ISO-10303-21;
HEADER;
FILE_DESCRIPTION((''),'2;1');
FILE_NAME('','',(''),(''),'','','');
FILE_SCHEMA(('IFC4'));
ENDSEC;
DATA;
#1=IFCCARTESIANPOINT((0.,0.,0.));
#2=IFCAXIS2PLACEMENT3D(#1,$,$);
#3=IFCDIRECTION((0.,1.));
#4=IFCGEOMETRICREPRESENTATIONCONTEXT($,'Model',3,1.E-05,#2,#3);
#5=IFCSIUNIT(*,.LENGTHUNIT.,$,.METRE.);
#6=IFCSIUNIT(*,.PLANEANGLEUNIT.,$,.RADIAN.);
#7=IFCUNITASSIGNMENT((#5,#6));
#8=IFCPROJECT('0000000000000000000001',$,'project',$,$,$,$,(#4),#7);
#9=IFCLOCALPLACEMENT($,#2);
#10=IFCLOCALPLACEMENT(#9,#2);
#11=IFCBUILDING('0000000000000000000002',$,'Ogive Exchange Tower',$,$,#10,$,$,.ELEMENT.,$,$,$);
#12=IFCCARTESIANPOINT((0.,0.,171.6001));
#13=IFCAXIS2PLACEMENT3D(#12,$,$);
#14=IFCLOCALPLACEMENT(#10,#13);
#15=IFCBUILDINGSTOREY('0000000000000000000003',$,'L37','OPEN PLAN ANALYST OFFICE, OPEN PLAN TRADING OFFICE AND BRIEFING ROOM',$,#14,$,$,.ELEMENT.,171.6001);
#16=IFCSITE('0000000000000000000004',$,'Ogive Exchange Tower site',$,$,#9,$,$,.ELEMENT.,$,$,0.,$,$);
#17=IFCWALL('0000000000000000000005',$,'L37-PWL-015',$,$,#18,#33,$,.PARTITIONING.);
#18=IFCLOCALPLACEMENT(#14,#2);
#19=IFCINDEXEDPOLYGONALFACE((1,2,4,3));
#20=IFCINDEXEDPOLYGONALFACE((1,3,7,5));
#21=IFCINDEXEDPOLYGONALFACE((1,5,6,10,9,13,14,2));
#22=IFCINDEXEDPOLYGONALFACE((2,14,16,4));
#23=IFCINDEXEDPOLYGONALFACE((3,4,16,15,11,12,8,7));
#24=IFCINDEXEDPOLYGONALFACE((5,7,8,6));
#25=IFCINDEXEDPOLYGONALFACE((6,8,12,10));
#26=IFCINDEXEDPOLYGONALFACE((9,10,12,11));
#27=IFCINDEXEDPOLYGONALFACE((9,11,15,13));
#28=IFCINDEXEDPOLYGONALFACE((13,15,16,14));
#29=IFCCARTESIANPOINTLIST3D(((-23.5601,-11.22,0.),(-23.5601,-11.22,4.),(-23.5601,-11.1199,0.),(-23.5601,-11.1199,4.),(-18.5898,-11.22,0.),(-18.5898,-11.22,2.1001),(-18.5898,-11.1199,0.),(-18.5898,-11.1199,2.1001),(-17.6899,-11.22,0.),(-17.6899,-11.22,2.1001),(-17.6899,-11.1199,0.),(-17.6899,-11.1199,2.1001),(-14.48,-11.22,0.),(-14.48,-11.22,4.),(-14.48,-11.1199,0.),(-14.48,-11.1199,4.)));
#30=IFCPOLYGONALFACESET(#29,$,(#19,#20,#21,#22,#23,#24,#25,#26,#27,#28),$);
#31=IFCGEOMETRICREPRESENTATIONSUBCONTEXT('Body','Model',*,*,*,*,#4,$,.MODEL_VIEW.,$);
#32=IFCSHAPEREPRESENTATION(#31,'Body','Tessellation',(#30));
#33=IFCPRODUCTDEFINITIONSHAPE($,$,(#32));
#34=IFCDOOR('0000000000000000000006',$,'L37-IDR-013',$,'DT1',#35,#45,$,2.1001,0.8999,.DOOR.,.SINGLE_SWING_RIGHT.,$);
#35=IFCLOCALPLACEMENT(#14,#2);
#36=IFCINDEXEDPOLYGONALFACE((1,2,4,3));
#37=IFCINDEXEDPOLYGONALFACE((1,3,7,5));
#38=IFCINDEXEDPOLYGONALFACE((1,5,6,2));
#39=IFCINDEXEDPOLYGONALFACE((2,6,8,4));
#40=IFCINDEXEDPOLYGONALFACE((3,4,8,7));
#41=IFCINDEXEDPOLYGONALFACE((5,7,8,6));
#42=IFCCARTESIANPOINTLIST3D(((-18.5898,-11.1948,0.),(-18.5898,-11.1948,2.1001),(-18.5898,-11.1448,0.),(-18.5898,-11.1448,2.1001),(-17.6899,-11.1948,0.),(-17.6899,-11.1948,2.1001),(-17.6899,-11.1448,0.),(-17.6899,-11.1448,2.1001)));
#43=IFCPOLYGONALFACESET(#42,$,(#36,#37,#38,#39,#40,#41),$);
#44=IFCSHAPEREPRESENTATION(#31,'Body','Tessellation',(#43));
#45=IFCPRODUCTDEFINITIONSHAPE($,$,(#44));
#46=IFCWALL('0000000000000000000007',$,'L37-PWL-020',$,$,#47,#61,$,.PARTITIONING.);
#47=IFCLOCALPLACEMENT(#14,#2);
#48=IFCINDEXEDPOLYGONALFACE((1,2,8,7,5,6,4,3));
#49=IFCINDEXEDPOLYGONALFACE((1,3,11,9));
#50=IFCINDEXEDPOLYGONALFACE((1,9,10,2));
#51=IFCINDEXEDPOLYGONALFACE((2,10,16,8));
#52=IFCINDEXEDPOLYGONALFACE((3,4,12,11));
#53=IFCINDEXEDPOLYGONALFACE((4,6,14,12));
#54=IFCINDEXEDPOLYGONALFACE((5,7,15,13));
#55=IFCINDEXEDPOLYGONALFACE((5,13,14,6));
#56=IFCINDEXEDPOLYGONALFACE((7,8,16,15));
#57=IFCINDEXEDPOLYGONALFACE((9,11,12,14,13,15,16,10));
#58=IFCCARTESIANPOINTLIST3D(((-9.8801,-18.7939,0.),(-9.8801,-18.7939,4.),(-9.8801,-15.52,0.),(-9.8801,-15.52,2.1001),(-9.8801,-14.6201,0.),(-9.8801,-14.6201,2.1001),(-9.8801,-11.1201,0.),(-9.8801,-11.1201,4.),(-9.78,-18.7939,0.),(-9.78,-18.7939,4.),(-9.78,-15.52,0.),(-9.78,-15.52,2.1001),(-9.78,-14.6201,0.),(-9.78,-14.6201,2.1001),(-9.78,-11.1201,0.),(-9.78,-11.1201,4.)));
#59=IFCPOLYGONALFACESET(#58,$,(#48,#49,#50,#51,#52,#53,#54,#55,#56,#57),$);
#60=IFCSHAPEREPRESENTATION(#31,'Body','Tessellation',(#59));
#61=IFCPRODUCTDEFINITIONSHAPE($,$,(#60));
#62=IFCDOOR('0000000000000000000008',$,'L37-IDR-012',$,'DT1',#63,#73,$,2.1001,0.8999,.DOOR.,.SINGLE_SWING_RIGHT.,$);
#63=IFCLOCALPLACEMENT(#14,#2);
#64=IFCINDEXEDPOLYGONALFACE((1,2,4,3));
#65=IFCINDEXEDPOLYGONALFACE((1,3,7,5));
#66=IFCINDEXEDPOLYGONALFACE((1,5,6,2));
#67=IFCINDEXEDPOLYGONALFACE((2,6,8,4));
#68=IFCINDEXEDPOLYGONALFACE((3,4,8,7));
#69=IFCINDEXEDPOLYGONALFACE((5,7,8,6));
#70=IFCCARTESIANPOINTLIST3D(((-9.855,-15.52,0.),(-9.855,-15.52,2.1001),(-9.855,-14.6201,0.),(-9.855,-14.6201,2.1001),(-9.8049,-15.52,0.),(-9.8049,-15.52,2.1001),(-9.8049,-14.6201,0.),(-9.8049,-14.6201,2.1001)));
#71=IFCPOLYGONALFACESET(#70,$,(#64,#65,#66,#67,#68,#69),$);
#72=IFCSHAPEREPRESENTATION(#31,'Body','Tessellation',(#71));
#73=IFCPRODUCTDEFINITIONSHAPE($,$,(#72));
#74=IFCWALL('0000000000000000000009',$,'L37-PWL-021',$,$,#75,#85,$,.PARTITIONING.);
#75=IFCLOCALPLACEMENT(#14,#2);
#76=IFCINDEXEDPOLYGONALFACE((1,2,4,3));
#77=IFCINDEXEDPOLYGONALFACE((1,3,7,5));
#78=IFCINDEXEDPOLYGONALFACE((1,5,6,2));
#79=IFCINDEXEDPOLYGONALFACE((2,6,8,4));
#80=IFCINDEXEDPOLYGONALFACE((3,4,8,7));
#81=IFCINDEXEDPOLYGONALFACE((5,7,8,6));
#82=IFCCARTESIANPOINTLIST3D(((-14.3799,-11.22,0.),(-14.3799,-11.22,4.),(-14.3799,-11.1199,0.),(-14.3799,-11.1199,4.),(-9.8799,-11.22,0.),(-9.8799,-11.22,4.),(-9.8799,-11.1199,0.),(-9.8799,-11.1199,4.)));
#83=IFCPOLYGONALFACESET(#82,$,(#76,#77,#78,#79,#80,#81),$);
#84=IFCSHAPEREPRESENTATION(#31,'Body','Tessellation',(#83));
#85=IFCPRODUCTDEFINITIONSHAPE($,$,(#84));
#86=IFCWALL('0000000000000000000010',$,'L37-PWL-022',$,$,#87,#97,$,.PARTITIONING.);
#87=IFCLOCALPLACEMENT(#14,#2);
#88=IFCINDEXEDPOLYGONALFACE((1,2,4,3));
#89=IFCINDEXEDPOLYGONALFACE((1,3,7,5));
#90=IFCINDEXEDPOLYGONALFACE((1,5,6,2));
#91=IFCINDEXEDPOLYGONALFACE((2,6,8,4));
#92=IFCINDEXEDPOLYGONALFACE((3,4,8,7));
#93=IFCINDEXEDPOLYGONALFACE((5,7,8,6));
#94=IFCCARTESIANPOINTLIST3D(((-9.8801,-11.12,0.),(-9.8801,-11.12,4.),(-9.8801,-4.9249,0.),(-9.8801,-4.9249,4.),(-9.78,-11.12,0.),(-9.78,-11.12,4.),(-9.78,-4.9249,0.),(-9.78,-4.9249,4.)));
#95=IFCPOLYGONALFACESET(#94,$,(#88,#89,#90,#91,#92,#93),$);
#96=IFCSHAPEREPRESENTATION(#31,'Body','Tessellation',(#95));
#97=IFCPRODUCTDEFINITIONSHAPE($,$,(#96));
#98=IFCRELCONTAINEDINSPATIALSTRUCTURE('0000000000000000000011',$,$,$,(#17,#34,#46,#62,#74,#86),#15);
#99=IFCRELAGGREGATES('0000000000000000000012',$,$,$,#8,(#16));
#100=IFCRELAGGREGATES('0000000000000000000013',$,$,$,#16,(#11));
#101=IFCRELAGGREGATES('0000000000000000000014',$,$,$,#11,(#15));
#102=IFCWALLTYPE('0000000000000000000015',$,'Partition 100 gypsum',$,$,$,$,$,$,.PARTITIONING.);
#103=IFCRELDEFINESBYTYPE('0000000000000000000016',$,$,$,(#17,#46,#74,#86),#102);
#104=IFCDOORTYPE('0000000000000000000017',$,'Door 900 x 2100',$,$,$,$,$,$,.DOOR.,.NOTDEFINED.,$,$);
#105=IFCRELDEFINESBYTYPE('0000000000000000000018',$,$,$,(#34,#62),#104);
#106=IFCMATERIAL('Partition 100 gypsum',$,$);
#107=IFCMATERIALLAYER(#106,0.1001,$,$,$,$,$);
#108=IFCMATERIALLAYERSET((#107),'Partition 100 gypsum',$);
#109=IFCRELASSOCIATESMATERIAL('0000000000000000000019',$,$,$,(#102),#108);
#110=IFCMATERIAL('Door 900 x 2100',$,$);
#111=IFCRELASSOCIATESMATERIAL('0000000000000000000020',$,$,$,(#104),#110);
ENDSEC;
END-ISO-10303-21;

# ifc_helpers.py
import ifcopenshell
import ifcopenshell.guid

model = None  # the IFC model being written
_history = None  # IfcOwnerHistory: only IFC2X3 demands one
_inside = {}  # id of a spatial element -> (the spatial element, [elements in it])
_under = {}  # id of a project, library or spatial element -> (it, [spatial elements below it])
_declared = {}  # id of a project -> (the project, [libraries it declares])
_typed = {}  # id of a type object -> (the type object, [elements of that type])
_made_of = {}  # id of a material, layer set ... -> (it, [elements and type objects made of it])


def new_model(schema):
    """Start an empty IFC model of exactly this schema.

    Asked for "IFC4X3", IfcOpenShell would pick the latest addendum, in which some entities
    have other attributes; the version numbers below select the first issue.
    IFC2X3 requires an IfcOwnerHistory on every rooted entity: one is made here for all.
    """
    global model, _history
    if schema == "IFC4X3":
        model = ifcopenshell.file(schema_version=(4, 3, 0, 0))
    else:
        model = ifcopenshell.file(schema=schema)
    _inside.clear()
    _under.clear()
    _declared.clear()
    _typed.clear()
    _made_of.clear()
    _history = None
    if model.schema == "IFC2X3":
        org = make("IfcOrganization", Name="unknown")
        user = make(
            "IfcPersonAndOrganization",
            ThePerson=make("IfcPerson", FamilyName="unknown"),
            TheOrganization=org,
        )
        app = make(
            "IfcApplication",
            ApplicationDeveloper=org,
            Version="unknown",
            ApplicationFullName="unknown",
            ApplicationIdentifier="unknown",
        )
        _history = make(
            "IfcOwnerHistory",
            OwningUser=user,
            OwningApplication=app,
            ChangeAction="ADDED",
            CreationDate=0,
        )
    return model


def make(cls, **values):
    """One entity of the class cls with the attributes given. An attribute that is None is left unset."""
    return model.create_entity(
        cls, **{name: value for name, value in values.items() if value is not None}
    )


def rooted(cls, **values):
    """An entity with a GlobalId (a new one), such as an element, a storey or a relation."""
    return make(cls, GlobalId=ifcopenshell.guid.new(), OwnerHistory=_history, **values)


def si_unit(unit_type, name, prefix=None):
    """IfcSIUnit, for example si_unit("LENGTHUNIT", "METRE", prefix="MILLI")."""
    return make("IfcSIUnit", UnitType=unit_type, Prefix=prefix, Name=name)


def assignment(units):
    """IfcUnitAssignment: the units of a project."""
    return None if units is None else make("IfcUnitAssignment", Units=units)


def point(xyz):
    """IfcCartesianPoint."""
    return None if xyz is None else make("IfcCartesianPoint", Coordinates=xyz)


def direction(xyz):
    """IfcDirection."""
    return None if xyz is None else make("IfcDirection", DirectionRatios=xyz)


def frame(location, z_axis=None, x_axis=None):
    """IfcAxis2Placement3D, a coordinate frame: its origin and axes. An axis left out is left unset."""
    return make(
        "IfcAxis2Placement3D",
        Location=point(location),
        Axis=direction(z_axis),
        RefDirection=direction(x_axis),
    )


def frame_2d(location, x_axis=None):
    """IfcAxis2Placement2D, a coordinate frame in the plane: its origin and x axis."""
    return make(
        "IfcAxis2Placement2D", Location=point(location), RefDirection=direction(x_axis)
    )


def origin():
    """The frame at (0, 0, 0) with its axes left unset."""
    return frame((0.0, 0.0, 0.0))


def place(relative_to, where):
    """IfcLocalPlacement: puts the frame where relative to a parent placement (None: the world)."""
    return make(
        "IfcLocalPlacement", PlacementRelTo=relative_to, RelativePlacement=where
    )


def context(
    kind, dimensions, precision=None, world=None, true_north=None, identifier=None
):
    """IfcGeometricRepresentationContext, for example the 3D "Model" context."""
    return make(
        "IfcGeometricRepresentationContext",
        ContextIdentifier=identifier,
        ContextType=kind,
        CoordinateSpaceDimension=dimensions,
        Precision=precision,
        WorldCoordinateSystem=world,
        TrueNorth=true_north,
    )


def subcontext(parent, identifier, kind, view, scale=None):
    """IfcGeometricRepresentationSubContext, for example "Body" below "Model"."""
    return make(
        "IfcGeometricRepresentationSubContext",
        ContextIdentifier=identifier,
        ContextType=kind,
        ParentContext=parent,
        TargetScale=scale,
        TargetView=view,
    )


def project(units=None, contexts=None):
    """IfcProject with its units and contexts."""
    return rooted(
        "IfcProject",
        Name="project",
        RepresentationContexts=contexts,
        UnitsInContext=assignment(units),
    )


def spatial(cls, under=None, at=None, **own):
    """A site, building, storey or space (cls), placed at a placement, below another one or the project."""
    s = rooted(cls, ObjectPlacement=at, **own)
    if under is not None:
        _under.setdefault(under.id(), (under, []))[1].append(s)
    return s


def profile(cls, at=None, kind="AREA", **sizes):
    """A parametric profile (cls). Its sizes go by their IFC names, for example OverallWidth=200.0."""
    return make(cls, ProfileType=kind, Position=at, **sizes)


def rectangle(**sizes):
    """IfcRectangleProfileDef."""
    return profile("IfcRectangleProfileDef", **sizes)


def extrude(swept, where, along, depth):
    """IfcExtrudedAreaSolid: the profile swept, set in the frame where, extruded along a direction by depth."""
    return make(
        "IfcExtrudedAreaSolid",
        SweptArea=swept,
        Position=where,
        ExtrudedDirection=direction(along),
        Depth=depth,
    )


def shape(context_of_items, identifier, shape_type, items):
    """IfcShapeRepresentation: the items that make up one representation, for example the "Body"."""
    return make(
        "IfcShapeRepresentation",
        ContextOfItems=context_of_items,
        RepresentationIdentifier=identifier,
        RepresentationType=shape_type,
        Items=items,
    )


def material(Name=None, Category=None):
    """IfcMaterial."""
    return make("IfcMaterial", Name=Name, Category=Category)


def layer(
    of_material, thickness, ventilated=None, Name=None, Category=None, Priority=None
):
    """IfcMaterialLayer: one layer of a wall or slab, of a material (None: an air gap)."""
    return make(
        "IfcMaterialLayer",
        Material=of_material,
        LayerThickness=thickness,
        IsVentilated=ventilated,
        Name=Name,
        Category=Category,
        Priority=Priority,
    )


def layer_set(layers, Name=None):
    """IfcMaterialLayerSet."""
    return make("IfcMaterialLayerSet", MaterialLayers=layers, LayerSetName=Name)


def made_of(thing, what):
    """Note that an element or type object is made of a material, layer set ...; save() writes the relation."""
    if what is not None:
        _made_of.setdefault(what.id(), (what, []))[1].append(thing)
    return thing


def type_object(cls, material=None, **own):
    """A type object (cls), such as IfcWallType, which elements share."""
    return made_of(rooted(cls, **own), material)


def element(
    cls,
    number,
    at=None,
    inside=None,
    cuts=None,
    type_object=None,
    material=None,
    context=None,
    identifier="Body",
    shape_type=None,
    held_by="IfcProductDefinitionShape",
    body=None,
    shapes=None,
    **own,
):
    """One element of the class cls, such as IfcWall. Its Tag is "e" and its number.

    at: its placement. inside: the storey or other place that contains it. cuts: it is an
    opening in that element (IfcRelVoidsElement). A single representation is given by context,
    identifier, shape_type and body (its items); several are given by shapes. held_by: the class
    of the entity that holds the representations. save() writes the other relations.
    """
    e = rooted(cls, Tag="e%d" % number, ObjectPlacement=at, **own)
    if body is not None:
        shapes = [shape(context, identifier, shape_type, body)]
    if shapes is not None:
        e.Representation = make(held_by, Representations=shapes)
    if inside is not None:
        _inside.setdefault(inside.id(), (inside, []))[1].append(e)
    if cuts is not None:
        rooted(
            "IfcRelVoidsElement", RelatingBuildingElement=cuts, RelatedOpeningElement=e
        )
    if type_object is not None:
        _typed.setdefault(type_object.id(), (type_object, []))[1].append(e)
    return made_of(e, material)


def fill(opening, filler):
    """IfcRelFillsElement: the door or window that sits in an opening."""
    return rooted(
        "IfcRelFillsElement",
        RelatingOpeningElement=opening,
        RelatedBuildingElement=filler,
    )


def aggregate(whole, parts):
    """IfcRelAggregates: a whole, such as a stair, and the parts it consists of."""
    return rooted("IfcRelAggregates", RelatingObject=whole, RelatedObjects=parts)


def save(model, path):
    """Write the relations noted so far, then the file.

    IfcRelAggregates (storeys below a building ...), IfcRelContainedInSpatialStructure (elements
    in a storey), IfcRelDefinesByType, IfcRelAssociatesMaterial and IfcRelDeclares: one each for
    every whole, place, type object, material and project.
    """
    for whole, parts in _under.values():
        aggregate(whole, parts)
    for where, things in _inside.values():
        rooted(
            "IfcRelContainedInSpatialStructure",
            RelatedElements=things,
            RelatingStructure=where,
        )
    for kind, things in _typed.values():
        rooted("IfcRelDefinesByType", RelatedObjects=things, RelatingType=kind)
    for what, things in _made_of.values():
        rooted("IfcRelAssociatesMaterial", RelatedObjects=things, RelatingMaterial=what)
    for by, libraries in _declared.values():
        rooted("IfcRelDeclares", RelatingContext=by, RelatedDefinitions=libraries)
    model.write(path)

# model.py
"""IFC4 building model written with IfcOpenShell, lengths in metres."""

from ifc_helpers import new_model, si_unit, direction, frame, frame_2d, origin, place, context, subcontext, project, spatial, rectangle, extrude, material, layer, layer_set, type_object, element, fill, save


model = new_model("IFC4")

# Units and contexts
model_context = context("Model", 3, precision=1e-05, world=origin(), true_north=direction((0.0, 1.0)))
body_context = subcontext(model_context, "Body", "Model", "MODEL_VIEW")
ifc_project = project(units=[si_unit("LENGTHUNIT", "METRE"), si_unit("PLANEANGLEUNIT", "RADIAN")], contexts=[model_context])

# Site, building, storey
site_placement = place(None, origin())
site = spatial("IfcSite", under=ifc_project, at=site_placement, Name="Ogive Exchange Tower site", CompositionType="ELEMENT", RefElevation=0.0)
building_placement = place(site_placement, origin())
building = spatial("IfcBuilding", under=site, at=building_placement, Name="Ogive Exchange Tower", CompositionType="ELEMENT")
storey_placement = place(building_placement, frame((0.0, 0.0, 171.6001)))
storey = spatial("IfcBuildingStorey", under=building, at=storey_placement, Name="L37", Description="OPEN PLAN ANALYST OFFICE, OPEN PLAN TRADING OFFICE AND BRIEFING ROOM", CompositionType="ELEMENT", Elevation=171.6001)

# Shared definitions
ifc_material_1 = material(Name="Partition 100 gypsum")
ifc_layer_1 = layer(ifc_material_1, 0.1001)
ifc_layer_set_1 = layer_set([ifc_layer_1], Name="Partition 100 gypsum")
wall_type_1 = type_object("IfcWallType", Name="Partition 100 gypsum", PredefinedType="PARTITIONING", material=ifc_layer_set_1)

# Walls, openings, doors
wall_1_placement = place(storey_placement, frame((-14.48, -11.1699, 0.0), z_axis=(0.0, 0.0, 1.0), x_axis=(-1.0, 0.0, 0.0)))
wall_1 = element("IfcWall", 1, at=wall_1_placement, inside=storey, type_object=wall_type_1, Name="L37-PWL-015", PredefinedType="PARTITIONING", context=body_context, shape_type="SweptSolid", body=[
    extrude(rectangle(XDim=9.0801, YDim=0.1001, at=frame_2d((4.54, 0.0))), origin(), (0.0, 0.0, 1.0), 4.0),
])
opening_1_placement = place(wall_1_placement, frame((3.21, 0.0, 0.0)))
opening_1 = element("IfcOpeningElement", 2, at=opening_1_placement, cuts=wall_1, PredefinedType="OPENING", context=body_context, shape_type="SweptSolid", body=[
    extrude(rectangle(XDim=0.8999, YDim=2.1001, at=frame_2d((0.45, 1.05))), frame((0.0, 0.0601, 0.0), z_axis=(0.0, -1.0, 0.0), x_axis=(1.0, 0.0, 0.0)), (0.0, 0.0, 1.0), 0.1201),
])
ifc_material_2 = material(Name="Door 900 x 2100")
door_type_1 = type_object("IfcDoorType", Name="Door 900 x 2100", OperationType="NOTDEFINED", PredefinedType="DOOR", material=ifc_material_2)
door_1_placement = place(opening_1_placement, origin())
door_1 = element("IfcDoor", 3, at=door_1_placement, inside=storey, type_object=door_type_1, Name="L37-IDR-013", ObjectType="DT1", OperationType="SINGLE_SWING_RIGHT", OverallHeight=2.1001, OverallWidth=0.8999, PredefinedType="DOOR", context=body_context, shape_type="SweptSolid", body=[
    extrude(rectangle(XDim=0.8999, YDim=2.1001, at=frame_2d((0.45, 1.05))), frame((0.0, 0.0249, 0.0), z_axis=(0.0, -1.0, 0.0), x_axis=(1.0, 0.0, 0.0)), (0.0, 0.0, 1.0), 0.05),
])
fill(opening_1, door_1)
wall_2_placement = place(storey_placement, frame((-9.8301, -18.7939, 0.0), z_axis=(0.0, 0.0, 1.0), x_axis=(0.0, 1.0, 0.0)))
wall_2 = element("IfcWall", 4, at=wall_2_placement, inside=storey, type_object=wall_type_1, Name="L37-PWL-020", PredefinedType="PARTITIONING", context=body_context, shape_type="SweptSolid", body=[
    extrude(rectangle(XDim=7.6738, YDim=0.1001, at=frame_2d((3.8369, 0.0))), origin(), (0.0, 0.0, 1.0), 4.0),
])
opening_2_placement = place(wall_2_placement, frame((3.2739, 0.0, 0.0)))
opening_2 = element("IfcOpeningElement", 5, at=opening_2_placement, cuts=wall_2, PredefinedType="OPENING", context=body_context, shape_type="SweptSolid", body=[
    extrude(rectangle(XDim=0.8999, YDim=2.1001, at=frame_2d((0.45, 1.05))), frame((0.0, 0.0601, 0.0), z_axis=(0.0, -1.0, 0.0), x_axis=(1.0, 0.0, 0.0)), (0.0, 0.0, 1.0), 0.1201),
])
door_2_placement = place(opening_2_placement, origin())
door_2 = element("IfcDoor", 6, at=door_2_placement, inside=storey, type_object=door_type_1, Name="L37-IDR-012", ObjectType="DT1", OperationType="SINGLE_SWING_RIGHT", OverallHeight=2.1001, OverallWidth=0.8999, PredefinedType="DOOR", context=body_context, shape_type="SweptSolid", body=[
    extrude(rectangle(XDim=0.8999, YDim=2.1001, at=frame_2d((0.45, 1.05))), frame((0.0, 0.0249, 0.0), z_axis=(0.0, -1.0, 0.0), x_axis=(1.0, 0.0, 0.0)), (0.0, 0.0, 1.0), 0.05),
])
fill(opening_2, door_2)

# Walls
wall_3_placement = place(storey_placement, frame((-9.8799, -11.1699, 0.0), z_axis=(0.0, 0.0, 1.0), x_axis=(-1.0, 0.0, 0.0)))
element("IfcWall", 7, at=wall_3_placement, inside=storey, type_object=wall_type_1, Name="L37-PWL-021", PredefinedType="PARTITIONING", context=body_context, shape_type="SweptSolid", body=[
    extrude(rectangle(XDim=4.5, YDim=0.1001, at=frame_2d((2.25, 0.0))), origin(), (0.0, 0.0, 1.0), 4.0),
])
wall_4_placement = place(storey_placement, frame((-9.8301, -11.1201, 0.0), z_axis=(0.0, 0.0, 1.0), x_axis=(0.0, 1.0, 0.0)))
element("IfcWall", 8, at=wall_4_placement, inside=storey, type_object=wall_type_1, Name="L37-PWL-022", PredefinedType="PARTITIONING", context=body_context, shape_type="SweptSolid", body=[
    extrude(rectangle(XDim=6.1951, YDim=0.1001, at=frame_2d((3.0977, 0.0))), origin(), (0.0, 0.0, 1.0), 4.0),
])

save(model, "model.ifc")
